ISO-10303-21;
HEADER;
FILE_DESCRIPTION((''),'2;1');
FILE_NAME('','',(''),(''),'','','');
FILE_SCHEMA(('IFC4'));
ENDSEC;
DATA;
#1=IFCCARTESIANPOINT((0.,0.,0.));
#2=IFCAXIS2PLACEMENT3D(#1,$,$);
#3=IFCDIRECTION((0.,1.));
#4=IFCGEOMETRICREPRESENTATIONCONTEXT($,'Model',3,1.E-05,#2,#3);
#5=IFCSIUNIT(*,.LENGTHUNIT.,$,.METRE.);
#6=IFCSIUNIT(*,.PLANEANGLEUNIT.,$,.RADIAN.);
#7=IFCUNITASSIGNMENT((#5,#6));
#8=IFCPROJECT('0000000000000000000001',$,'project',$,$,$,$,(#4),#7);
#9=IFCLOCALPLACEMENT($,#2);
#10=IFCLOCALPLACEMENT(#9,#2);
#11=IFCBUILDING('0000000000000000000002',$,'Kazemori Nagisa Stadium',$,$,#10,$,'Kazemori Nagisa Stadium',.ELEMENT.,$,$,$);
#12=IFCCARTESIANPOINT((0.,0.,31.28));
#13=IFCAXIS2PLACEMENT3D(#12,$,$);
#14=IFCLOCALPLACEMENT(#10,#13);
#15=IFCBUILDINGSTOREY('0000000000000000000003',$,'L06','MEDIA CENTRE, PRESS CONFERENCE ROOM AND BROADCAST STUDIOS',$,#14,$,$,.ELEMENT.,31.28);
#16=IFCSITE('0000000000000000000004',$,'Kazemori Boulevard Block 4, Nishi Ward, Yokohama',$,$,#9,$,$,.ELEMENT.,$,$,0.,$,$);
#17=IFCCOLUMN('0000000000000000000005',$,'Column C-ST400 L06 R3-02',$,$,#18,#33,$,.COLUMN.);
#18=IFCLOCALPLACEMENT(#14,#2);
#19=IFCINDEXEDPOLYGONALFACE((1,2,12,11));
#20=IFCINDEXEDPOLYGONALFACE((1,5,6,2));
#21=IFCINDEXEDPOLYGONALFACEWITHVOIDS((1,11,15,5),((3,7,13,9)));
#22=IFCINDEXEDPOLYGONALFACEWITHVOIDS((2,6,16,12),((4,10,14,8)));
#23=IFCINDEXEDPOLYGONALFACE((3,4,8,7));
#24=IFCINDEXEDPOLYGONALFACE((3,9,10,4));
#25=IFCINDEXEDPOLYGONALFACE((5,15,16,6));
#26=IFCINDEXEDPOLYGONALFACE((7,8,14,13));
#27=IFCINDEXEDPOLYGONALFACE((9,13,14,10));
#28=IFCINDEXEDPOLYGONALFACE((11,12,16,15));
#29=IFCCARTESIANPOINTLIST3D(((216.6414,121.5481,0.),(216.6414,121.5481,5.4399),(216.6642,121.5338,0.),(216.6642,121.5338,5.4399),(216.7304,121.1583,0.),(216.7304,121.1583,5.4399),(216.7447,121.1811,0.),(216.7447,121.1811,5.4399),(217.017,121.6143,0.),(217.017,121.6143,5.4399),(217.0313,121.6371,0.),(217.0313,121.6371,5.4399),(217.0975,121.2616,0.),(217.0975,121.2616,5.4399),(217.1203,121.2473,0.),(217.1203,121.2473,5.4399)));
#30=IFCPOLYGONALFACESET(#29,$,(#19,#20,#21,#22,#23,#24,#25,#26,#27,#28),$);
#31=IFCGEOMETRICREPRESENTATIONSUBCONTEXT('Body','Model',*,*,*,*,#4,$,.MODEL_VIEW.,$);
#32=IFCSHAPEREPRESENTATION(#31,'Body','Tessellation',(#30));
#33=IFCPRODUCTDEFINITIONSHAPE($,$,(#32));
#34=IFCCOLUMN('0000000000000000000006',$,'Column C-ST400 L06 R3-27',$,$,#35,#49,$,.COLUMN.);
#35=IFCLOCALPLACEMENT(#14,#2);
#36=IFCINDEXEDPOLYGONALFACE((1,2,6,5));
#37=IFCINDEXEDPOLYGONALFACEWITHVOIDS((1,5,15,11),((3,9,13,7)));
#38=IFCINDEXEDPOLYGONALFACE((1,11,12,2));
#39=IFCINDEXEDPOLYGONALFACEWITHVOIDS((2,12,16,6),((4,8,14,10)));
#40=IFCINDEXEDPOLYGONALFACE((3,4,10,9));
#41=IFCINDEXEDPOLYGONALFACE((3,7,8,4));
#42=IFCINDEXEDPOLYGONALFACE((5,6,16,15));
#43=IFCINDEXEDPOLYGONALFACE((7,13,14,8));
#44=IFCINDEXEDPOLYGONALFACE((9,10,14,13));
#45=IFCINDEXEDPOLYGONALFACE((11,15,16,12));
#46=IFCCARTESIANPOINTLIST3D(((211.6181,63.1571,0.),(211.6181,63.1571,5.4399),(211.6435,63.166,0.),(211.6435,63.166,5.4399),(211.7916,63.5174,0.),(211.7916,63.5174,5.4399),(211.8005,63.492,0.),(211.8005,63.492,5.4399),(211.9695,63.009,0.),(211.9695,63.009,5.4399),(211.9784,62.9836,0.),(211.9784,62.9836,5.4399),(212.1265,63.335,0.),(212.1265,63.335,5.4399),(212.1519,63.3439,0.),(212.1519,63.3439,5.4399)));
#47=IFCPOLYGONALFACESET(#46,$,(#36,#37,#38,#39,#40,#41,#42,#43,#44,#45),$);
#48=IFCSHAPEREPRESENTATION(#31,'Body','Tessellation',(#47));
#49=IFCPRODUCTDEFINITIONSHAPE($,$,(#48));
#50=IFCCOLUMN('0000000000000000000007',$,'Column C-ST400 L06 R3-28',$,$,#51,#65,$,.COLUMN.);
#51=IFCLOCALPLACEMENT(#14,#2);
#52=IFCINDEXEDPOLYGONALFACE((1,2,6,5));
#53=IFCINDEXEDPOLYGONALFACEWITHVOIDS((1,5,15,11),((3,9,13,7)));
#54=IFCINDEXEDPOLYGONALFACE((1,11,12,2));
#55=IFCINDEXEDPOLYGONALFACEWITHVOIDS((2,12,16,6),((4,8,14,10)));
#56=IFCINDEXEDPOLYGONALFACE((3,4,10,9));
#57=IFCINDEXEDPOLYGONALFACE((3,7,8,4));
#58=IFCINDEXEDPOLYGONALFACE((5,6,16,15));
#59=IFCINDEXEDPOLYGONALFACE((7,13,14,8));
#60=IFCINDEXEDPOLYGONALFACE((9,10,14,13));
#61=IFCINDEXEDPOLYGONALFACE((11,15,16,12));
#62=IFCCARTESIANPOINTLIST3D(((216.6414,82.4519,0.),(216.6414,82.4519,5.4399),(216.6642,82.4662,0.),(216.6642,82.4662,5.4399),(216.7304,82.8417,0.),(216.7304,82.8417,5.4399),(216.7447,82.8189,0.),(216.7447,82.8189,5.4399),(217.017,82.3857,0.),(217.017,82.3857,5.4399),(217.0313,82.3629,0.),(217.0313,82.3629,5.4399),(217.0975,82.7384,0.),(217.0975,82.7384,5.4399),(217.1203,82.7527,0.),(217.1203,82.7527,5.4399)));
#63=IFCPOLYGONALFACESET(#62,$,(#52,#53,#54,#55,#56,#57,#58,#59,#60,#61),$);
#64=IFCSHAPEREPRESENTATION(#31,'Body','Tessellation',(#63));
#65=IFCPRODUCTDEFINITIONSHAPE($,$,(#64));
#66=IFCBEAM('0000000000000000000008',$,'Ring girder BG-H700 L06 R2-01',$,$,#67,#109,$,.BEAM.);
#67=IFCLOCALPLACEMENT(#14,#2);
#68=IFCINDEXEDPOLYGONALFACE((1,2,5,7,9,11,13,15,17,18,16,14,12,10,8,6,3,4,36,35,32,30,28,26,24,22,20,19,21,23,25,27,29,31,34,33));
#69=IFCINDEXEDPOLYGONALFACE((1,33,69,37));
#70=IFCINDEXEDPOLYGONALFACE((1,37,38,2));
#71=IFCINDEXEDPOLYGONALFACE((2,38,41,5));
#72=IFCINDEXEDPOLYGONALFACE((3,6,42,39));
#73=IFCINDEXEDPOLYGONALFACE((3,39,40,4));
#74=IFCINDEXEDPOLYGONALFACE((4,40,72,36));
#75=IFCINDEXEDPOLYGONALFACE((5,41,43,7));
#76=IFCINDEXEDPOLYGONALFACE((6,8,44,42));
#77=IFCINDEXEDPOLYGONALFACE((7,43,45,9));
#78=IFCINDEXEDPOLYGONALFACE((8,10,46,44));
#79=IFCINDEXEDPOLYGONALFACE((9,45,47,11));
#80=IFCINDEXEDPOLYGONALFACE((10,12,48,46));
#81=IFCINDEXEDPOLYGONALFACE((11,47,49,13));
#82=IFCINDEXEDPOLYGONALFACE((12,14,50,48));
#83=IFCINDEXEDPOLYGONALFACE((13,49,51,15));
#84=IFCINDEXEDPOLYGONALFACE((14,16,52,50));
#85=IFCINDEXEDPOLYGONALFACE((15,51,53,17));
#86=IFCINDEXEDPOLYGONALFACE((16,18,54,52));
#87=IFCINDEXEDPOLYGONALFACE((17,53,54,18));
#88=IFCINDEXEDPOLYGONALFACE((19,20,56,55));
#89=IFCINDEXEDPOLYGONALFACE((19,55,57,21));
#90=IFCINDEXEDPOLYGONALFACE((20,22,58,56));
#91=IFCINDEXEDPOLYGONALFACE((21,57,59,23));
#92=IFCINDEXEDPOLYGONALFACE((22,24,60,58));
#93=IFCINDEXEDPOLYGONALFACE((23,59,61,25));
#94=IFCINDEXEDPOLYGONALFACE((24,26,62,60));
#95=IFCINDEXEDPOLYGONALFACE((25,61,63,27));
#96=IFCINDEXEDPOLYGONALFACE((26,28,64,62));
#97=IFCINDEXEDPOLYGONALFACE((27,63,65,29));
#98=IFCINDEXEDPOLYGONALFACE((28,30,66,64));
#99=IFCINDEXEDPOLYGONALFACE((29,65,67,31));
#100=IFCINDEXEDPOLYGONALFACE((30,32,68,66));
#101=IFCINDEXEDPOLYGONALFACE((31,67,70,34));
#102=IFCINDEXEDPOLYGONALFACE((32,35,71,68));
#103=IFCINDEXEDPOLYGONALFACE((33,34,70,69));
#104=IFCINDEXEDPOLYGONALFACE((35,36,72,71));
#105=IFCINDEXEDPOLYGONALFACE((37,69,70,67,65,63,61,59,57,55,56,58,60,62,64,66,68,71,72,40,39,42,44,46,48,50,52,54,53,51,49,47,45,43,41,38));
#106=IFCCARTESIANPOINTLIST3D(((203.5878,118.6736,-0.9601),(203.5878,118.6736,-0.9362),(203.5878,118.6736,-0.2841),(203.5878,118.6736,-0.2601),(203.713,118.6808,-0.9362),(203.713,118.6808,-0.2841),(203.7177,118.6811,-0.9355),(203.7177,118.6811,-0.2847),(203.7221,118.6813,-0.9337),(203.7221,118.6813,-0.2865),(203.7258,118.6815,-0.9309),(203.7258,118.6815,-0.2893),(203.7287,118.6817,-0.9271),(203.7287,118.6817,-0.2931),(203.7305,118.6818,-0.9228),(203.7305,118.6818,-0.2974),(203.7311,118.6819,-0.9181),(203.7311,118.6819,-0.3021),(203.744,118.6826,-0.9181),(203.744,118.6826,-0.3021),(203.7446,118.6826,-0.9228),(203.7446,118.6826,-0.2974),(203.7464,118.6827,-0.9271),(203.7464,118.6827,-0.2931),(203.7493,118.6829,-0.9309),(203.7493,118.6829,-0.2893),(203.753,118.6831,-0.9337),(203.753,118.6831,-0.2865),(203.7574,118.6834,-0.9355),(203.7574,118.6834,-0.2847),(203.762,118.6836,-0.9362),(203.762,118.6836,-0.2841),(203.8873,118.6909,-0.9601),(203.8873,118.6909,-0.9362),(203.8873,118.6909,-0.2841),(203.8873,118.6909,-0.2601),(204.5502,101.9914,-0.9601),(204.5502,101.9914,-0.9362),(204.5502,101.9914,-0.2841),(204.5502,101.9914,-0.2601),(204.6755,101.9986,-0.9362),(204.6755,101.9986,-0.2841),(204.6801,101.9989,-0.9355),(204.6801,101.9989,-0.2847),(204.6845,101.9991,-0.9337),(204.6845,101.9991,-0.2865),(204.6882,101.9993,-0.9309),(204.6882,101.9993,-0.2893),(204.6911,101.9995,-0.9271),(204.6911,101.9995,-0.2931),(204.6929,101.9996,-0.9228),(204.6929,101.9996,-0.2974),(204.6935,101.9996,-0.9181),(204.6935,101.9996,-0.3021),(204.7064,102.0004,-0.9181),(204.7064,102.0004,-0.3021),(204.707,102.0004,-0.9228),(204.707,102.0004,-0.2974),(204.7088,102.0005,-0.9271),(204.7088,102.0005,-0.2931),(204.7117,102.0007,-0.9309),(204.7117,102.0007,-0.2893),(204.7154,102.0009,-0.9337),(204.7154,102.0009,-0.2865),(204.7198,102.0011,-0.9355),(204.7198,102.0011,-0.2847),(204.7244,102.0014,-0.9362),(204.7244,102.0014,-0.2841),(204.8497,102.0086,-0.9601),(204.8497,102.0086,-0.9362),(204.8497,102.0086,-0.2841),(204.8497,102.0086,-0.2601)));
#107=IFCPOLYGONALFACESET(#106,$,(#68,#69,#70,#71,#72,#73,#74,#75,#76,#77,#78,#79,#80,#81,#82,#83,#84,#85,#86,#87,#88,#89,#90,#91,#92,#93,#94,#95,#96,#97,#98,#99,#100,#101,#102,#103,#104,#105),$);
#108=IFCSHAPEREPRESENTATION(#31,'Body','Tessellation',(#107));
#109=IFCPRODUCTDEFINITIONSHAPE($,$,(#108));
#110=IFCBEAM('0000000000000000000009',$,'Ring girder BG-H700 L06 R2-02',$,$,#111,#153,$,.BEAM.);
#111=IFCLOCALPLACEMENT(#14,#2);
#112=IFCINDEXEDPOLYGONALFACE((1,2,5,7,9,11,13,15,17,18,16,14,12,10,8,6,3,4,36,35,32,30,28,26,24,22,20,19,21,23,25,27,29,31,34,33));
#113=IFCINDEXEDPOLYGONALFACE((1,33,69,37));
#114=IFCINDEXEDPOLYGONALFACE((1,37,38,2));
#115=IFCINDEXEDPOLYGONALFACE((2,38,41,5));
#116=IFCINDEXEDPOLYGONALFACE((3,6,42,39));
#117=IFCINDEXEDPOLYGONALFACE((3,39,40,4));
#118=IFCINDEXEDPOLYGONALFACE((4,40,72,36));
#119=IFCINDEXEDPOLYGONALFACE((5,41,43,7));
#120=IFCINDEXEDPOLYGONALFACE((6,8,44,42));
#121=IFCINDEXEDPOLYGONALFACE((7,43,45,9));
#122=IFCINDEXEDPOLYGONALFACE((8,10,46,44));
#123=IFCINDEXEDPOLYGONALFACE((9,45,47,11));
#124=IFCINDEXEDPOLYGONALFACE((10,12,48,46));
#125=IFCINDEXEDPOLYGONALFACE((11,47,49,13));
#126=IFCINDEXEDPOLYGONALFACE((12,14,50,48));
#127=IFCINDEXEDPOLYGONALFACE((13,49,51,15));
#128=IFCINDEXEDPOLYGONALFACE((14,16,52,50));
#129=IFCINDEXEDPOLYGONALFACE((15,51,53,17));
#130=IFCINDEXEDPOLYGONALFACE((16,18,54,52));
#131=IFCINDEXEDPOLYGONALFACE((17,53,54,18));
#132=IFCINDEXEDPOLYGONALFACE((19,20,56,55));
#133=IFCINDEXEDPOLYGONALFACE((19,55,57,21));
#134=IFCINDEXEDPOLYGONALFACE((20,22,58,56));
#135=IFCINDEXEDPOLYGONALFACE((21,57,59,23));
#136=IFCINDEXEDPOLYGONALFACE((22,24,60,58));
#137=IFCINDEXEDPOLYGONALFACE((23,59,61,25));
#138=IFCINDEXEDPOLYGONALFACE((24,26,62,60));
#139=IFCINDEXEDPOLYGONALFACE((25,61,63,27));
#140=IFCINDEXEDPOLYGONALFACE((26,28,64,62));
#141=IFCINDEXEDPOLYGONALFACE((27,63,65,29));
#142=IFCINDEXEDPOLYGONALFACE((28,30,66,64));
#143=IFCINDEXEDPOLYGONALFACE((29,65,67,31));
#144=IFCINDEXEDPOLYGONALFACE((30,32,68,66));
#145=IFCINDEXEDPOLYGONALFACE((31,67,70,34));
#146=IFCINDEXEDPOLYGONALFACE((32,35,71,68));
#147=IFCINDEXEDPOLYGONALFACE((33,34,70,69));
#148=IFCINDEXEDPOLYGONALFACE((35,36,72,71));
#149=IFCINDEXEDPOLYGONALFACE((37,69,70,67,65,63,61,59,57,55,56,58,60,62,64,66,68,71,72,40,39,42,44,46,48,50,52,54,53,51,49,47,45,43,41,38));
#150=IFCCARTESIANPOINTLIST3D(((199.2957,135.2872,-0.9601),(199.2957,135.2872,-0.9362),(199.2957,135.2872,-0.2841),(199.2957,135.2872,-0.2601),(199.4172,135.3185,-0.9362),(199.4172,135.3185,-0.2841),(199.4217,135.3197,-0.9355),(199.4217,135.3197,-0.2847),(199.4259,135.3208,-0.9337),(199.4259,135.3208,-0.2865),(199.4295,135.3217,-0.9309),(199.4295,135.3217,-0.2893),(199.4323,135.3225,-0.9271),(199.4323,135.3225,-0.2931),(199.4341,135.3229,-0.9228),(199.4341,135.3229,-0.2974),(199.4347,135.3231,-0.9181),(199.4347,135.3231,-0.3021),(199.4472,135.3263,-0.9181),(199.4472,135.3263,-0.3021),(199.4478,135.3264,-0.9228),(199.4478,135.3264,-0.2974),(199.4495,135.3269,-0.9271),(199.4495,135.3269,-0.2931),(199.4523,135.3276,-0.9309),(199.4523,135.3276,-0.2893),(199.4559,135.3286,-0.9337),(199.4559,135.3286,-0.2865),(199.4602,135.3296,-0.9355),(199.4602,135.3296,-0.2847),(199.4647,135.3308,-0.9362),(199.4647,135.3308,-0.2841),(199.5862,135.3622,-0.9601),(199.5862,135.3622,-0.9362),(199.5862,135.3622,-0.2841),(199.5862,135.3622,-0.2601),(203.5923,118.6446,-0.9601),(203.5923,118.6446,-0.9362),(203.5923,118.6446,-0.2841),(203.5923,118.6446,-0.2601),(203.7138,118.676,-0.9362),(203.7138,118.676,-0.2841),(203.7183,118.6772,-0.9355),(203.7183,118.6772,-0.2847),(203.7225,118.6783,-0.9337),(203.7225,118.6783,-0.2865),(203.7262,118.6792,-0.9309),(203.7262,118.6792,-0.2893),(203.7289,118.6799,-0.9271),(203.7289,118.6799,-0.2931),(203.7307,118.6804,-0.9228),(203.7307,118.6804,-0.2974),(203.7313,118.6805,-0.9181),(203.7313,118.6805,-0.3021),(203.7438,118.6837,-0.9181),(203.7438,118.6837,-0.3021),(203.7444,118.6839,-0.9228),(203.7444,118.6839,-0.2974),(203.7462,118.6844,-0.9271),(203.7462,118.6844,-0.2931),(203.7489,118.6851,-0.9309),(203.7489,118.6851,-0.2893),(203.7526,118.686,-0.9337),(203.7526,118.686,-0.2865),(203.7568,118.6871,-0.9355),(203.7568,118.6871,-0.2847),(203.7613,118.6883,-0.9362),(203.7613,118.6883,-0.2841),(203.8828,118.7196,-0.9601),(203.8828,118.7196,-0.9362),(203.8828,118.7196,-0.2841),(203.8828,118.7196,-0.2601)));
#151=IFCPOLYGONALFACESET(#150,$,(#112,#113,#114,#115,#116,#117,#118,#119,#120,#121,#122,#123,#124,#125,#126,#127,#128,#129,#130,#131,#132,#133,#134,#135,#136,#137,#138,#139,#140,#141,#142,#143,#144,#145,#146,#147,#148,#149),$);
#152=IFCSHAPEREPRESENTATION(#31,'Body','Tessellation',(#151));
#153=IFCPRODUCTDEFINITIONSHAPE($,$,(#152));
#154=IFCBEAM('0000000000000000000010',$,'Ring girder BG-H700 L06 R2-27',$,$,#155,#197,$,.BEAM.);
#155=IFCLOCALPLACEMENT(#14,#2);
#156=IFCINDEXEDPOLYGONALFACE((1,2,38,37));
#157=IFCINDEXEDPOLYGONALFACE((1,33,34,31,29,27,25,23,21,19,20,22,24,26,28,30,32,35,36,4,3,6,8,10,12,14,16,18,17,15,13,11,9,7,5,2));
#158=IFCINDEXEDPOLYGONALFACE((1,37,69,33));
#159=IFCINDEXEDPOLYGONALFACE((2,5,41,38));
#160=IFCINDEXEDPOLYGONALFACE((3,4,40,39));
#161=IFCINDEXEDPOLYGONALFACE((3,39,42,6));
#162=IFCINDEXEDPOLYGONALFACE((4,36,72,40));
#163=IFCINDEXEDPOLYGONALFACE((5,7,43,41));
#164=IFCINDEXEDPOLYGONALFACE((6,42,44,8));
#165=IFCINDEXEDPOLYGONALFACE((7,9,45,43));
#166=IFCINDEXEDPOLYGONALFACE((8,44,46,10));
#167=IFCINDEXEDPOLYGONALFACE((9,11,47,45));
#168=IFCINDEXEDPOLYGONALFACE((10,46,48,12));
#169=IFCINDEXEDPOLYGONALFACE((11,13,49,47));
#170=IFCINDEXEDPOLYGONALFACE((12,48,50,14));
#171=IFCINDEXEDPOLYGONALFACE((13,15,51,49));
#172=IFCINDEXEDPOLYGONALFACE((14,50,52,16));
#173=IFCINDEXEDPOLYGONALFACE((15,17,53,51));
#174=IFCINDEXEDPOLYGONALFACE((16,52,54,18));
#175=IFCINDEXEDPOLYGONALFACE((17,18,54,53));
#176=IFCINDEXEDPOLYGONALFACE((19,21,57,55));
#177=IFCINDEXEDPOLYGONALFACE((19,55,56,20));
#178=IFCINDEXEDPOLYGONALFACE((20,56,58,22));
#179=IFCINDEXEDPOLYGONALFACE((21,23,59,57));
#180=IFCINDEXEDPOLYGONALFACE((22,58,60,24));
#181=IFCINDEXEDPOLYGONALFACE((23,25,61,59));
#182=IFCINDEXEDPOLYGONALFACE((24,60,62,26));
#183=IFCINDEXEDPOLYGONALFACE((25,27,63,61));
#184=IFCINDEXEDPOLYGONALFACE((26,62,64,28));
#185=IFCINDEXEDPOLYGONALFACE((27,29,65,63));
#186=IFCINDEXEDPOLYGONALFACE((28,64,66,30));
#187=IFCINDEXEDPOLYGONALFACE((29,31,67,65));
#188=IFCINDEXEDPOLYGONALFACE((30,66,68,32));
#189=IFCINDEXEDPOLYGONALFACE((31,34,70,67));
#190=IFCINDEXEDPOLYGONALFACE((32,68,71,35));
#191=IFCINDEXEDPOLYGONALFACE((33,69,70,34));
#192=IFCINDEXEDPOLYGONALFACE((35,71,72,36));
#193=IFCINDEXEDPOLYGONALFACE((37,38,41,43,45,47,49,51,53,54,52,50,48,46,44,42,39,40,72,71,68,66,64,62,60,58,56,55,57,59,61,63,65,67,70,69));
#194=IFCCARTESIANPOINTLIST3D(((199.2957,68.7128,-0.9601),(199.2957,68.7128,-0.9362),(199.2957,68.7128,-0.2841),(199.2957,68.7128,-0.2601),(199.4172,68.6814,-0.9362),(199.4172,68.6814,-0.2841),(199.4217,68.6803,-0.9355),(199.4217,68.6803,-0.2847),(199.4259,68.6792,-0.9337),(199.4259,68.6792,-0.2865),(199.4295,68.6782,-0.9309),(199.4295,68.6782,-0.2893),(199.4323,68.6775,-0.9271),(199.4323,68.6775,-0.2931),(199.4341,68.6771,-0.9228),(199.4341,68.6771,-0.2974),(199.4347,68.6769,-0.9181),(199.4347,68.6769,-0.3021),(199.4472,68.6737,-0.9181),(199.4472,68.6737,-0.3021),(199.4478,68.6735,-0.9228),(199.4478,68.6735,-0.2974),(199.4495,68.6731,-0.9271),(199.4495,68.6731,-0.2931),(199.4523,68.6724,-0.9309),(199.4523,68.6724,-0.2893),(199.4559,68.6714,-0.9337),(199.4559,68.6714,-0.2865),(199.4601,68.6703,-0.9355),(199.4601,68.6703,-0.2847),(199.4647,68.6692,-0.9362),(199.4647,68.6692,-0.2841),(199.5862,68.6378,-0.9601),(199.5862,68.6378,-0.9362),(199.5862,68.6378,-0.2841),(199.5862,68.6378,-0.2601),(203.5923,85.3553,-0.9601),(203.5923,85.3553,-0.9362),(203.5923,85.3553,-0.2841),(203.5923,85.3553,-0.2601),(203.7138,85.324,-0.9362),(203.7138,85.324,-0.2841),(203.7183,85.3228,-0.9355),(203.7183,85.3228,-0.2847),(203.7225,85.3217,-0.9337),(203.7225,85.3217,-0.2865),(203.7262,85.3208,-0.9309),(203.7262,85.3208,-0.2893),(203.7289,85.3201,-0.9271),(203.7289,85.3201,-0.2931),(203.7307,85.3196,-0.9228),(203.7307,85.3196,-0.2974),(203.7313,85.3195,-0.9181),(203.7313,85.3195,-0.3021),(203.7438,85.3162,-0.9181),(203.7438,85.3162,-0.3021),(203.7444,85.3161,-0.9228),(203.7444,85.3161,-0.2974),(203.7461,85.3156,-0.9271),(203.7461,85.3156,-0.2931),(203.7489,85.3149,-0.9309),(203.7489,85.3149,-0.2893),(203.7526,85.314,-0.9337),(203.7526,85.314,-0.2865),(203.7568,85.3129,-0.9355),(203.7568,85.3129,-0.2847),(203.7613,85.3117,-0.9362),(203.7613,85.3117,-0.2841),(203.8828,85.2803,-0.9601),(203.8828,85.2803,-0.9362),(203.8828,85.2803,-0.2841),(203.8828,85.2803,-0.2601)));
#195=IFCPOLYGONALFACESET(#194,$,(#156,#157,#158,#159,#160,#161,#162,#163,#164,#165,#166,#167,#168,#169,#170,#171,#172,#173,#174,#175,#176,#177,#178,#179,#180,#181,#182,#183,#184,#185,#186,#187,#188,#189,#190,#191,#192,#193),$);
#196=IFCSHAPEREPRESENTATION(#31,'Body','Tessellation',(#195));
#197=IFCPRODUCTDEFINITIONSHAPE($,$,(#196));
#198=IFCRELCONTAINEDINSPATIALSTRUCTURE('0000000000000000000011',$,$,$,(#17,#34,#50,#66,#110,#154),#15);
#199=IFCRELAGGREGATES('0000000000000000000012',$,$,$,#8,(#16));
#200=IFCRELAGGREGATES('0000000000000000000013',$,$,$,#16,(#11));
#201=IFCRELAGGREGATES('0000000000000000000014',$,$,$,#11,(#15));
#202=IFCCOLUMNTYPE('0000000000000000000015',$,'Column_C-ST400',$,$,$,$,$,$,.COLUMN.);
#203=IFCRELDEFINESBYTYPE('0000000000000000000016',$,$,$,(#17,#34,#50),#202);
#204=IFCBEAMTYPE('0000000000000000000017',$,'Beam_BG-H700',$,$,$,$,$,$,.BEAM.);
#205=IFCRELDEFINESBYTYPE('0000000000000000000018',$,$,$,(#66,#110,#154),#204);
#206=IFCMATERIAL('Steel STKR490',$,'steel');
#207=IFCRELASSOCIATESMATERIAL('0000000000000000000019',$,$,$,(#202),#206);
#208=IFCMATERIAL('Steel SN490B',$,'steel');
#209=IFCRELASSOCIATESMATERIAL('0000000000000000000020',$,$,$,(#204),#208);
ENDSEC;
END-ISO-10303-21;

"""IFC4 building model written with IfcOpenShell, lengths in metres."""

from ifc_helpers import new_model, si_unit, direction, frame, origin, origin_2d, place, context, subcontext, project, spatial, hollow_rectangle, i_section, extrude, material, material_profile, profile_set, type_object, element, save


model = new_model("IFC4")

# Units and contexts
model_context = context("Model", 3, precision=1e-05, world=origin(), true_north=direction((0.0, 1.0)))
body_context = subcontext(model_context, "Body", "Model", "MODEL_VIEW")
ifc_project = project(units=[si_unit("LENGTHUNIT", "METRE"), si_unit("PLANEANGLEUNIT", "RADIAN")], contexts=[model_context])

# Site, building, storey
site_placement = place(None, origin())
site = spatial("IfcSite", under=ifc_project, at=site_placement, Name="Kazemori Boulevard Block 4, Nishi Ward, Yokohama", CompositionType="ELEMENT", RefElevation=0.0)
building_placement = place(site_placement, origin())
building = spatial("IfcBuilding", under=site, at=building_placement, Name="Kazemori Nagisa Stadium", LongName="Kazemori Nagisa Stadium", CompositionType="ELEMENT")
storey_placement = place(building_placement, frame((0.0, 0.0, 31.28)))
storey = spatial("IfcBuildingStorey", under=building, at=storey_placement, Name="L06", Description="MEDIA CENTRE, PRESS CONFERENCE ROOM AND BROADCAST STUDIOS", CompositionType="ELEMENT", Elevation=31.28)

# Columns
ifc_material_1 = material(Name="Steel SN490B", Category="steel")
ifc_material_2 = material(Name="Steel STKR490", Category="steel")
ifc_material_profile_1 = material_profile(ifc_material_2, hollow_rectangle(XDim=0.3999, YDim=0.3999, WallThickness=0.019, at=origin_2d()), Name="SHS-400x400x19")
ifc_profile_set_1 = profile_set([ifc_material_profile_1], Name="Steel STKR490")
column_type_1 = type_object("IfcColumnType", Name="Column_C-ST400", PredefinedType="COLUMN", material=ifc_profile_set_1)
for number, where, z_axis, x_axis, name in (
    (1, (216.8809, 121.3977, 0.0), (0.0, 0.0, 1.0), (0.974928, 0.222521, 0.0), "Column C-ST400 L06 R3-02"),
    (2, (211.885, 63.2505, 0.0), (0.0, 0.0, 1.0), (0.900969, -0.433884, 0.0), "Column C-ST400 L06 R3-27"),
    (3, (216.8809, 82.6023, 0.0), (0.0, 0.0, 1.0), (0.974928, -0.222521, 0.0), "Column C-ST400 L06 R3-28"),
):
    element("IfcColumn", number, at=place(storey_placement, frame(where, z_axis=z_axis, x_axis=x_axis)), inside=storey, type_object=column_type_1, Name=name, PredefinedType="COLUMN", context=body_context, shape_type="SweptSolid", body=[
        extrude(hollow_rectangle(XDim=0.3999, YDim=0.3999, WallThickness=0.019, at=origin_2d()), origin(), (0.0, 0.0, 1.0), 5.4399),
    ])

# Beams
ifc_material_profile_2 = material_profile(ifc_material_1, i_section(OverallWidth=0.3, OverallDepth=0.7, WebThickness=0.0129, FlangeThickness=0.0239, FilletRadius=0.0181, at=origin_2d()), Name="H-700x300x13x24")
ifc_profile_set_2 = profile_set([ifc_material_profile_2], Name="Steel SN490B")
beam_type_1 = type_object("IfcBeamType", Name="Beam_BG-H700", PredefinedType="BEAM", material=ifc_profile_set_2)
beam_1_placement = place(storey_placement, frame((204.7, 102.0, -0.6101), z_axis=(-0.057595, 0.99834, 0.0), x_axis=(-0.99834, -0.057595, 0.0)))
element("IfcBeam", 4, at=beam_1_placement, inside=storey, type_object=beam_type_1, Name="Ring girder BG-H700 L06 R2-01", PredefinedType="BEAM", context=body_context, shape_type="SweptSolid", body=[
    extrude(i_section(OverallWidth=0.3, OverallDepth=0.7, WebThickness=0.0129, FlangeThickness=0.0239, FilletRadius=0.0181, at=origin_2d()), origin(), (0.0, 0.0, 1.0), 16.71),
])
for number, where, z_axis, x_axis, name in (
    (5, (203.7375, 118.6821, -0.6101), (-0.249975, 0.968252, 0.0), (-0.968252, -0.249975, 0.0), "Ring girder BG-H700 L06 R2-02"),
    (6, (199.4409, 68.6753, -0.6101), (0.249975, 0.968252, 0.0), (-0.968252, 0.249975, 0.0), "Ring girder BG-H700 L06 R2-27"),
):
    element("IfcBeam", number, at=place(storey_placement, frame(where, z_axis=z_axis, x_axis=x_axis)), inside=storey, type_object=beam_type_1, Name=name, PredefinedType="BEAM", context=body_context, shape_type="SweptSolid", body=[
        extrude(i_section(OverallWidth=0.3, OverallDepth=0.7, WebThickness=0.0129, FlangeThickness=0.0239, FilletRadius=0.0181, at=origin_2d()), origin(), (0.0, 0.0, 1.0), 17.1882),
    ])

save(model, "model.ifc")
